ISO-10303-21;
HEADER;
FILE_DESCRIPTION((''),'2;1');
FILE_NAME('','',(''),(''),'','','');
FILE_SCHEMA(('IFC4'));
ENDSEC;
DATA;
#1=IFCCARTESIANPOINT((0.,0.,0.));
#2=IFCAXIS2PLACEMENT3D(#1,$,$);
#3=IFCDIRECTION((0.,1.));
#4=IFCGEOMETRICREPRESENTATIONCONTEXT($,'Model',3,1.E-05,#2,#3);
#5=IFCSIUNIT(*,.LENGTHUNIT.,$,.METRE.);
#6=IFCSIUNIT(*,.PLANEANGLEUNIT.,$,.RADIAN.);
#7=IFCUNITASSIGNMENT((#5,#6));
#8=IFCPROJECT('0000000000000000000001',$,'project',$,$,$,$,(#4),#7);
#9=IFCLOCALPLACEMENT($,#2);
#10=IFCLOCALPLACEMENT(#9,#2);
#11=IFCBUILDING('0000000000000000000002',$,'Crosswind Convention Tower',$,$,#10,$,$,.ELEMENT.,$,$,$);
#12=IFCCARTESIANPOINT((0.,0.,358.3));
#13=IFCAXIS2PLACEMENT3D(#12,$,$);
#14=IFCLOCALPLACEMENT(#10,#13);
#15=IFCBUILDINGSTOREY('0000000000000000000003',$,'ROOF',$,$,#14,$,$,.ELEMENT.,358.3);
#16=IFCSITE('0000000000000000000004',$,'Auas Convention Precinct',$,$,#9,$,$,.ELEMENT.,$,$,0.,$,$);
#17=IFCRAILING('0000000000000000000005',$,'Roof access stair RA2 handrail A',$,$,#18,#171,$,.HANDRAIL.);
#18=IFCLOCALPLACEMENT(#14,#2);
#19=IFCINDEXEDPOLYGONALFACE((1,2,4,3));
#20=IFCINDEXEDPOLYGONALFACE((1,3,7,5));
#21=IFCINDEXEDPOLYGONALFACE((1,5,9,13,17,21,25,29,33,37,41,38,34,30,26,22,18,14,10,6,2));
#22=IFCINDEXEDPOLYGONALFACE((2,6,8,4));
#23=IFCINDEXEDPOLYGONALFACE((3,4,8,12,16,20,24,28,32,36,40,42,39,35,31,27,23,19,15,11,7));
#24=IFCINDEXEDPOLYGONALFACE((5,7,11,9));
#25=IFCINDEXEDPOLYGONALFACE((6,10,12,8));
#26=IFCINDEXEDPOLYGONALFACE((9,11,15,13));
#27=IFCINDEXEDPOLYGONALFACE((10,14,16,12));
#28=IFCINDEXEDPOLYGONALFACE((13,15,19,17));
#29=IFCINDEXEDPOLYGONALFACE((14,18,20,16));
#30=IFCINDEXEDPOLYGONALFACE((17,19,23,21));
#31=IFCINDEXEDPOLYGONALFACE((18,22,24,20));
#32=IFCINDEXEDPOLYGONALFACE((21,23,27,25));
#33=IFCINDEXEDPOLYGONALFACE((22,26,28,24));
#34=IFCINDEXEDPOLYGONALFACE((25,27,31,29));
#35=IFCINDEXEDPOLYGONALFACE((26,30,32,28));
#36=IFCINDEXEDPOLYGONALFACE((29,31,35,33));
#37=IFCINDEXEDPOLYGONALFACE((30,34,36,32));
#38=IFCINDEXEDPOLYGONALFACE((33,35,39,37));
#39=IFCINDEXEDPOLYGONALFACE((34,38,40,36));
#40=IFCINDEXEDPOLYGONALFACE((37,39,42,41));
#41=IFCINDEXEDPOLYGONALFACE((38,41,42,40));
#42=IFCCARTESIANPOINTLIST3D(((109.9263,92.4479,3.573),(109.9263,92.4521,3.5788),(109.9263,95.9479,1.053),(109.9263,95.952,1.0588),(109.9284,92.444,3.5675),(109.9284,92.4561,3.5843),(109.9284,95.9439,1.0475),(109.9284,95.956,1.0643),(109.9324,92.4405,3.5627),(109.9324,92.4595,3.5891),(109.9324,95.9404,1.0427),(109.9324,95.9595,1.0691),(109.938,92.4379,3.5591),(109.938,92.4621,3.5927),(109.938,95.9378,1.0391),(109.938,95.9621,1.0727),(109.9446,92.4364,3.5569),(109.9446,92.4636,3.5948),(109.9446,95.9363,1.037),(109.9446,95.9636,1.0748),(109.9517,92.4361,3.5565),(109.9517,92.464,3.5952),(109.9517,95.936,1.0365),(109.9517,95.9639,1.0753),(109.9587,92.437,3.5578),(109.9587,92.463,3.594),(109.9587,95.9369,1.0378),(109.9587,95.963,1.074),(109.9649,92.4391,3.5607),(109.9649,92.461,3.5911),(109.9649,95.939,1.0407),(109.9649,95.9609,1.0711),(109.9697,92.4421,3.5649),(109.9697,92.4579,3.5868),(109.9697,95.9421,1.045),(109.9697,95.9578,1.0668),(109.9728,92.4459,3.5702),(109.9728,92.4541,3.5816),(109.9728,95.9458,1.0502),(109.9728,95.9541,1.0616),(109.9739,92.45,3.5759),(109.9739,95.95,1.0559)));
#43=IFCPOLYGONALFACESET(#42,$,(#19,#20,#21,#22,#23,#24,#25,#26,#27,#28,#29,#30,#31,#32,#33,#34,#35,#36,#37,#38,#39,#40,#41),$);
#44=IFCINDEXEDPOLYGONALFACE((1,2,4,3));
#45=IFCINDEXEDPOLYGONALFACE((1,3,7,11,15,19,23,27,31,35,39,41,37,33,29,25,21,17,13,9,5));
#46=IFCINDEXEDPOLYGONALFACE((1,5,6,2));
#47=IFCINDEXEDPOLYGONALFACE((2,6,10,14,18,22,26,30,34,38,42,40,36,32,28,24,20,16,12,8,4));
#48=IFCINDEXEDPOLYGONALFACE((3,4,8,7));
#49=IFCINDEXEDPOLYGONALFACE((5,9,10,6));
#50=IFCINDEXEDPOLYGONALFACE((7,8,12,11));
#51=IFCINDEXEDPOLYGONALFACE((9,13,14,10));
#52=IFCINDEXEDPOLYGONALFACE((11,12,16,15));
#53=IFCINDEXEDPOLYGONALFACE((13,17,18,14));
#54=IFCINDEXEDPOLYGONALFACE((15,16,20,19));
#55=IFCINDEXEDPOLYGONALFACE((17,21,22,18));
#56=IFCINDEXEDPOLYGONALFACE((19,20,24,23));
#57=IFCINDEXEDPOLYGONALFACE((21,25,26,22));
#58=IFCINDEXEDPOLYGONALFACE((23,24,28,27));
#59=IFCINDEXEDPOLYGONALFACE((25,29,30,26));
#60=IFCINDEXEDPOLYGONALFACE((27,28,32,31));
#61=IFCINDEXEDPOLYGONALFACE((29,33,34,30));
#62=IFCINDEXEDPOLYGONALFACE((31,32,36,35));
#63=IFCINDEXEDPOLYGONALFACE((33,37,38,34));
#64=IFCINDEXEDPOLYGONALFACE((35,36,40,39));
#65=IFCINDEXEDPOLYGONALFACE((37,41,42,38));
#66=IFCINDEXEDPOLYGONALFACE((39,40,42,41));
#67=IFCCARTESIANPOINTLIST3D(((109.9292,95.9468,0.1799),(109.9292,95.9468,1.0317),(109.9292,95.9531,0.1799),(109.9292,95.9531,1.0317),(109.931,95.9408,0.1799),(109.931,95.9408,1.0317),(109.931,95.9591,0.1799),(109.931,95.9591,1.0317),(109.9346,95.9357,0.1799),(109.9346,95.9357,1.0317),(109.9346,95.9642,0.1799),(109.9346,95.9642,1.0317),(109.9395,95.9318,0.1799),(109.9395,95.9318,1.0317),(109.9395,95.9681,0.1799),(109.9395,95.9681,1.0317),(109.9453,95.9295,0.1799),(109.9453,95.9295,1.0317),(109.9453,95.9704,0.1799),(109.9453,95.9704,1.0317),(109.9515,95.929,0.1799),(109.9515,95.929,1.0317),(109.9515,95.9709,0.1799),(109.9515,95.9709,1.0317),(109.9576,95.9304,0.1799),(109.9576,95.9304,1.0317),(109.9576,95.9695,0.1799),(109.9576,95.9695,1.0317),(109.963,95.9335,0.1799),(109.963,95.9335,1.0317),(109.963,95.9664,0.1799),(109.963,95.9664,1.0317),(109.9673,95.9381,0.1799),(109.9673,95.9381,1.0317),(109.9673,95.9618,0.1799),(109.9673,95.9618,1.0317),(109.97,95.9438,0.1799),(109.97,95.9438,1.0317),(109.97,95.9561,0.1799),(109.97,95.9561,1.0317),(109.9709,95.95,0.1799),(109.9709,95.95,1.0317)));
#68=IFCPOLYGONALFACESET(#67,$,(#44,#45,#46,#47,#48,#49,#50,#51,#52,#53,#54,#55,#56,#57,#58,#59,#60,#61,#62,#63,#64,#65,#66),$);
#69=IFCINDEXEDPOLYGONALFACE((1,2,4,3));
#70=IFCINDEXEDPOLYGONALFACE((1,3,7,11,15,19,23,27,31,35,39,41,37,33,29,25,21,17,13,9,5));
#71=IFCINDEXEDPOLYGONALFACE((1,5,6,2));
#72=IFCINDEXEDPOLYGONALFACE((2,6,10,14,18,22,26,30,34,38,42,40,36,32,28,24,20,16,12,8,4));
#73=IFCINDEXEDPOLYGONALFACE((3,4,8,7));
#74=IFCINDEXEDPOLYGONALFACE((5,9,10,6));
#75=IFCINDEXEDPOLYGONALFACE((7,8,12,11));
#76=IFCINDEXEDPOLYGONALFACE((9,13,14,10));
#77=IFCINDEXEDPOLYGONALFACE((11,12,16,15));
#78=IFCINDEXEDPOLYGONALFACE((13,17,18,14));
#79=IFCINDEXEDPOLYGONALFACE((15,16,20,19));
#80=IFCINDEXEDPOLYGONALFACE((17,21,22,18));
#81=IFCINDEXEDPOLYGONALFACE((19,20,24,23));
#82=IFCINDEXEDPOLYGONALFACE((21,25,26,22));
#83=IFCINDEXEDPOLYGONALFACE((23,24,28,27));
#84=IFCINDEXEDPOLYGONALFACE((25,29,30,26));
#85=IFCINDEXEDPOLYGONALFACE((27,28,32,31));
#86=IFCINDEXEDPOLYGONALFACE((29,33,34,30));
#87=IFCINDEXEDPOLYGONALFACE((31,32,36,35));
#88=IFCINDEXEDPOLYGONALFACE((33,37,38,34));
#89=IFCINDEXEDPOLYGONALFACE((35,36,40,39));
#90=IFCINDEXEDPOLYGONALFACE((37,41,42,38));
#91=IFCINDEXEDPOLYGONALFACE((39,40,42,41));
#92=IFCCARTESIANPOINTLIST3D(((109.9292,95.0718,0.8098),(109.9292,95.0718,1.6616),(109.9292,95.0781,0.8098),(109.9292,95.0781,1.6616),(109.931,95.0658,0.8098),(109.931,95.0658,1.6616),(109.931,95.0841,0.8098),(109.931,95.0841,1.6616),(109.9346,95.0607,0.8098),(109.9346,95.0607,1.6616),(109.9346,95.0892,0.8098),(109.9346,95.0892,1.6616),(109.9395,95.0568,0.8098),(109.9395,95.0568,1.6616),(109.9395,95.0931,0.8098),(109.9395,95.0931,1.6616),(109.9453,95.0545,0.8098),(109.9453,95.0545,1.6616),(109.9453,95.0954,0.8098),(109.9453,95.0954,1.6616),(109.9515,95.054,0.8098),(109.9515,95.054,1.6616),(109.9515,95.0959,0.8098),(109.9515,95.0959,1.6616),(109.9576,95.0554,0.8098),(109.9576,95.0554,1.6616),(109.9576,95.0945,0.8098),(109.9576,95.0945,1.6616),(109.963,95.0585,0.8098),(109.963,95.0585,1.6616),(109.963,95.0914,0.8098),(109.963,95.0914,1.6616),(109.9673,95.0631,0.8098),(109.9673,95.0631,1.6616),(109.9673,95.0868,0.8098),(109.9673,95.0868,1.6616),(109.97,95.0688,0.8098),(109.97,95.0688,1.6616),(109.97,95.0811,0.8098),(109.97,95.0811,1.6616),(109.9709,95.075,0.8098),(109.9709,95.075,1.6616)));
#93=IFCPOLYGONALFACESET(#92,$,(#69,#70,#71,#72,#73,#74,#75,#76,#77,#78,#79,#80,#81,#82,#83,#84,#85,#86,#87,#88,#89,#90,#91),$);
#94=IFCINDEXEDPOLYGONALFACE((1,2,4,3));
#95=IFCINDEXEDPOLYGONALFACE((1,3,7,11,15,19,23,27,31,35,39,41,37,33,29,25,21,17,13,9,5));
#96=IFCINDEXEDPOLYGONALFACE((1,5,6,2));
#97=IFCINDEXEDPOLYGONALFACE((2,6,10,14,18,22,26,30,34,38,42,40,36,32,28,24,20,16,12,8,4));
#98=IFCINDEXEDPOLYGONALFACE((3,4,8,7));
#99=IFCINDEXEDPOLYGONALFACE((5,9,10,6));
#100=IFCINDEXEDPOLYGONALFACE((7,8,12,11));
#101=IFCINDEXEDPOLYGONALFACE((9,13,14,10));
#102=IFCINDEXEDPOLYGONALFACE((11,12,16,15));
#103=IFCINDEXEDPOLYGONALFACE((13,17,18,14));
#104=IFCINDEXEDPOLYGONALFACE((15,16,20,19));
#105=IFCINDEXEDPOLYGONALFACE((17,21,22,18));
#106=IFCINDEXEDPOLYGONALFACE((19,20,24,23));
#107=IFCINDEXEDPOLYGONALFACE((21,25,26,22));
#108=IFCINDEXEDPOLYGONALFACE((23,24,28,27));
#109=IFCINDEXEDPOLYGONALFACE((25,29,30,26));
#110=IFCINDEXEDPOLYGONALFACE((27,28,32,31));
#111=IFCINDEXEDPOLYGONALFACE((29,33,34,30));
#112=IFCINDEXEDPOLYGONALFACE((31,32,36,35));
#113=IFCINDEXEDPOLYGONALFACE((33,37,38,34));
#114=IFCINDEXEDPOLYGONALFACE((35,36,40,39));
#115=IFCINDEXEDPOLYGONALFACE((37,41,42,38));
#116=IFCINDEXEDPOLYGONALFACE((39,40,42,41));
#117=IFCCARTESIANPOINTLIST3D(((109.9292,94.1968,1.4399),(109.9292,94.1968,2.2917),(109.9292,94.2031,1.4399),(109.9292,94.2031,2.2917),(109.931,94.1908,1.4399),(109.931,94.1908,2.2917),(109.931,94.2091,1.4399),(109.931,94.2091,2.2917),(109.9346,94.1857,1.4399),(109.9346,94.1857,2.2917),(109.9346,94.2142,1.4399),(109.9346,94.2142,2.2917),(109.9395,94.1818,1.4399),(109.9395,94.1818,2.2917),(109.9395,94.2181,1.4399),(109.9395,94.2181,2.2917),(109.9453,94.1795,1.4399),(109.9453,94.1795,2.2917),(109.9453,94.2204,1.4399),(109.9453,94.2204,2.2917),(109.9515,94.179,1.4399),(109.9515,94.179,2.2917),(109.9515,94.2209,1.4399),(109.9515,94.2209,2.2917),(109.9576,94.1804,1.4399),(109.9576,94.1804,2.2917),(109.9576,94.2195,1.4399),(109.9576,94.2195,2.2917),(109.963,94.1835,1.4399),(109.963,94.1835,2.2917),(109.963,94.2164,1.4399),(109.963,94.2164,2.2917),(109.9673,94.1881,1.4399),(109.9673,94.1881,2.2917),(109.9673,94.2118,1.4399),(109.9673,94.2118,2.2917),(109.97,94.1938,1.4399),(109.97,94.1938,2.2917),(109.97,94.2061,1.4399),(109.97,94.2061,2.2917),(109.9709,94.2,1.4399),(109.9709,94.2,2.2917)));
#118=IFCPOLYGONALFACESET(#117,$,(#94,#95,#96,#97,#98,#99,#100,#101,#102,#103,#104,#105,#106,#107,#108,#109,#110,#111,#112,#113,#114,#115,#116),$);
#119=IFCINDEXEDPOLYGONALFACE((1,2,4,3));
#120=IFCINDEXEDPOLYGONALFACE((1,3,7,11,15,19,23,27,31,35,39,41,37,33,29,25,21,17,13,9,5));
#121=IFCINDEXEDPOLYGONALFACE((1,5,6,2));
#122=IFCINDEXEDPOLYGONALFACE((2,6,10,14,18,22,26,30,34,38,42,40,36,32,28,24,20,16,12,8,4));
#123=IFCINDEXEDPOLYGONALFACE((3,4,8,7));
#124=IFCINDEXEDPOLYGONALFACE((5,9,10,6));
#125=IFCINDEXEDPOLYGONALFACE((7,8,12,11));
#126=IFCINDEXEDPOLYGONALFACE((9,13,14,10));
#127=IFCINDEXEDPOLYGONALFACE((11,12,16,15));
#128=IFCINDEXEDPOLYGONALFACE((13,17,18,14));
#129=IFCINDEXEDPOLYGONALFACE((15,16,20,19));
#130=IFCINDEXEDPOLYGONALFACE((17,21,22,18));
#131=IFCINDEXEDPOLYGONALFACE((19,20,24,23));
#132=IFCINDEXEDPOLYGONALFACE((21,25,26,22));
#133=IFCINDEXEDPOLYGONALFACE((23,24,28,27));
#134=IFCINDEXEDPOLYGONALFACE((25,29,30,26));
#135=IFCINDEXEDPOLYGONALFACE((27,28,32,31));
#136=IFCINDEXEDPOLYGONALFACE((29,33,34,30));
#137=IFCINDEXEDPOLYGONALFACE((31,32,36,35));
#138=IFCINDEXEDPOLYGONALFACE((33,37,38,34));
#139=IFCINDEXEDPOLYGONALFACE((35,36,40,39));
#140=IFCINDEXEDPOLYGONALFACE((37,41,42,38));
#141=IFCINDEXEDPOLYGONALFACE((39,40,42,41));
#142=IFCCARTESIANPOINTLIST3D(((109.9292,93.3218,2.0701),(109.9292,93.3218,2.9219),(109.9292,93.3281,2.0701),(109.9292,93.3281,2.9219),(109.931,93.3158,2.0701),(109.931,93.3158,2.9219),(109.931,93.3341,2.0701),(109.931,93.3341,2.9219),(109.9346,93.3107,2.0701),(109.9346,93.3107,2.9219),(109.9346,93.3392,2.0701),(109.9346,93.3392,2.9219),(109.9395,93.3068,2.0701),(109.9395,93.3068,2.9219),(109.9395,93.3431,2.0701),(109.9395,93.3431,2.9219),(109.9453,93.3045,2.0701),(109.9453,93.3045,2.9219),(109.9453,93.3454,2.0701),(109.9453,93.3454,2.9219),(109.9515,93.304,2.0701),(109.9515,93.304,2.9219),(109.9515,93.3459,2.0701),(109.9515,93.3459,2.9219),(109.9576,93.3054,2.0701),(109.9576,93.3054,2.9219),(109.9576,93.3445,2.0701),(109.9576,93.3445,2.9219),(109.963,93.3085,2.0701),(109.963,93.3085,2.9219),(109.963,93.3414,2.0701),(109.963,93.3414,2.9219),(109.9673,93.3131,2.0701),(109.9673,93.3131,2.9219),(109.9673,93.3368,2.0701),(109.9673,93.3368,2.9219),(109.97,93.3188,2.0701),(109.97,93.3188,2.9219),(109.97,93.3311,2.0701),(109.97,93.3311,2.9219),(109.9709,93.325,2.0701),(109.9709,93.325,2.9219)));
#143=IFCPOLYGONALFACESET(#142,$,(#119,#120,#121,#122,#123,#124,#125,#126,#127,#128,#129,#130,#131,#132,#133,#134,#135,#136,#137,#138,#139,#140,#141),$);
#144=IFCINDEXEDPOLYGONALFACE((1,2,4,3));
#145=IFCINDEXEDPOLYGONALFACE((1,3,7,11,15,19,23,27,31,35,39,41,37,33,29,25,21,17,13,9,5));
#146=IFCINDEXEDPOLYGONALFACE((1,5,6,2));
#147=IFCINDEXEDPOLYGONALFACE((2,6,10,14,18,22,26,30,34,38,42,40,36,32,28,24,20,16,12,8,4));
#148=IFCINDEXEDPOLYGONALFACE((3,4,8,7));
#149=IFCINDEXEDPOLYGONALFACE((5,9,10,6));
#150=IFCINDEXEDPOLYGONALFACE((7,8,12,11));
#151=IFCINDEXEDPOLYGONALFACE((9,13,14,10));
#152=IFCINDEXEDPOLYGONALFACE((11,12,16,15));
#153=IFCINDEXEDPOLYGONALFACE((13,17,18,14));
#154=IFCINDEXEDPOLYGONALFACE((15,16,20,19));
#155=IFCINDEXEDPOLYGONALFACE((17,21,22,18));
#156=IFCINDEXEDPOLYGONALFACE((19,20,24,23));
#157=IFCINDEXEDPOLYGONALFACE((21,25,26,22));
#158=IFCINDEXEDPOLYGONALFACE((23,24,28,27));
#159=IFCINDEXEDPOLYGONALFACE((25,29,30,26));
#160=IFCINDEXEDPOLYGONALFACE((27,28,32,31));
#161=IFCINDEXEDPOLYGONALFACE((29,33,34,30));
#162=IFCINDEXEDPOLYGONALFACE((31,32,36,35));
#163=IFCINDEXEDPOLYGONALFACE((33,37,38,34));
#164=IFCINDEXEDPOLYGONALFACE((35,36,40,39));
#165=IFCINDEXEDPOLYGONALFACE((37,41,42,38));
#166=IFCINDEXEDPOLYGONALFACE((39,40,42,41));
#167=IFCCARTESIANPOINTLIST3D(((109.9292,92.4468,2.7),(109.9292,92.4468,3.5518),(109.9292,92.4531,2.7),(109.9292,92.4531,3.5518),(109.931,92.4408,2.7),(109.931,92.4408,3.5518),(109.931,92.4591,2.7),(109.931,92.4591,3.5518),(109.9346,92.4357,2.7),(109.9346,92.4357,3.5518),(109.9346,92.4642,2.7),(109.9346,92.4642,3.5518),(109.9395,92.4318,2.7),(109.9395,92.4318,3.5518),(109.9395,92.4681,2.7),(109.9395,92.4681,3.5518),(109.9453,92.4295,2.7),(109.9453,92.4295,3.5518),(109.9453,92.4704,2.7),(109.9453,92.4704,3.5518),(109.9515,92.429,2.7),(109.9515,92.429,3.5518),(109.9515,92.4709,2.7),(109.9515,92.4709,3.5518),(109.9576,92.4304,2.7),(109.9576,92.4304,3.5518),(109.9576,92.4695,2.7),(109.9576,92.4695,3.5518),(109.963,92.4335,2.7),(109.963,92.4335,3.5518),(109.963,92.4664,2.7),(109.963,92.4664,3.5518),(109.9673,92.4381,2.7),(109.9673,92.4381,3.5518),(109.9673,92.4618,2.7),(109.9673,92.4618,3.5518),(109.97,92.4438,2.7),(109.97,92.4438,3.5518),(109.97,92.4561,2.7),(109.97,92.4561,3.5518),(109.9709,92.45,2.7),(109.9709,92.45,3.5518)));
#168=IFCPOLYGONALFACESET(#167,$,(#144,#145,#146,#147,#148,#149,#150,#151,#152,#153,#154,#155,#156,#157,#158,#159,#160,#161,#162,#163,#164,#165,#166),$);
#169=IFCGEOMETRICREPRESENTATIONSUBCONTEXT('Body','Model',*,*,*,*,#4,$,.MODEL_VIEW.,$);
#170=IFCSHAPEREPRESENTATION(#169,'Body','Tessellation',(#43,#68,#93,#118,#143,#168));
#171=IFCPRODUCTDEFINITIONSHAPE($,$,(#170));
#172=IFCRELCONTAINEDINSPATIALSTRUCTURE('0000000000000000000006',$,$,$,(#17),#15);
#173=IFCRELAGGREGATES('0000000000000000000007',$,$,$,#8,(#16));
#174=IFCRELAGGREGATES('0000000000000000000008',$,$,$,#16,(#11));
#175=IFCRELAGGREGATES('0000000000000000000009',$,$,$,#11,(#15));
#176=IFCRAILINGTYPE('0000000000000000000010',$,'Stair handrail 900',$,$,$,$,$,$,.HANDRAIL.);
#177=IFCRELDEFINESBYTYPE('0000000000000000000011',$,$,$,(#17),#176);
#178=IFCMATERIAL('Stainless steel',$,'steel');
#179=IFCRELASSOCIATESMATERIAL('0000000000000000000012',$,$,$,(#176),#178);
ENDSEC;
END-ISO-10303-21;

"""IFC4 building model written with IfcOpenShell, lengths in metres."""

from ifc_helpers import new_model, si_unit, direction, frame, origin, origin_2d, place, context, subcontext, project, spatial, circle, extrude, material, type_object, element, save


model = new_model("IFC4")

# Units and contexts
model_context = context("Model", 3, precision=1e-05, world=origin(), true_north=direction((0.0, 1.0)))
body_context = subcontext(model_context, "Body", "Model", "MODEL_VIEW")
ifc_project = project(units=[si_unit("LENGTHUNIT", "METRE"), si_unit("PLANEANGLEUNIT", "RADIAN")], contexts=[model_context])

# Site, building, storey
site_placement = place(None, origin())
site = spatial("IfcSite", under=ifc_project, at=site_placement, Name="Auas Convention Precinct", CompositionType="ELEMENT", RefElevation=0.0)
building_placement = place(site_placement, origin())
building = spatial("IfcBuilding", under=site, at=building_placement, Name="Crosswind Convention Tower", CompositionType="ELEMENT")
storey_placement = place(building_placement, frame((0.0, 0.0, 358.3)))
storey = spatial("IfcBuildingStorey", under=building, at=storey_placement, Name="ROOF", CompositionType="ELEMENT", Elevation=358.3)

# Railing
ifc_material_1 = material(Name="Stainless steel", Category="steel")
railing_type_1 = type_object("IfcRailingType", Name="Stair handrail 900", PredefinedType="HANDRAIL", material=ifc_material_1)
for number, where, name in (
    (1, (109.95, 95.95, 0.1799), "Roof access stair RA2 handrail A"),
):
    element("IfcRailing", number, at=place(storey_placement, frame(where)), inside=storey, type_object=railing_type_1, Name=name, PredefinedType="HANDRAIL", context=body_context, shape_type="SweptSolid", body=[
        extrude(circle(Radius=0.0239, at=origin_2d()), frame((0.0, 0.0, 0.876), z_axis=(0.0, -0.811532, 0.584308), x_axis=(1.0, 0.0, 0.0)), (0.0, 0.0, 1.0), 4.3127),
        extrude(circle(Radius=0.021, at=origin_2d()), origin(), (0.0, 0.0, 1.0), 0.8518),
        extrude(circle(Radius=0.021, at=origin_2d()), frame((0.0, -0.875, 0.6299)), (0.0, 0.0, 1.0), 0.8518),
        extrude(circle(Radius=0.021, at=origin_2d()), frame((0.0, -1.75, 1.26)), (0.0, 0.0, 1.0), 0.8518),
        extrude(circle(Radius=0.021, at=origin_2d()), frame((0.0, -2.625, 1.8901)), (0.0, 0.0, 1.0), 0.8518),
        extrude(circle(Radius=0.021, at=origin_2d()), frame((0.0, -3.5, 2.52)), (0.0, 0.0, 1.0), 0.8518),
    ])

save(model, "model.ifc")
